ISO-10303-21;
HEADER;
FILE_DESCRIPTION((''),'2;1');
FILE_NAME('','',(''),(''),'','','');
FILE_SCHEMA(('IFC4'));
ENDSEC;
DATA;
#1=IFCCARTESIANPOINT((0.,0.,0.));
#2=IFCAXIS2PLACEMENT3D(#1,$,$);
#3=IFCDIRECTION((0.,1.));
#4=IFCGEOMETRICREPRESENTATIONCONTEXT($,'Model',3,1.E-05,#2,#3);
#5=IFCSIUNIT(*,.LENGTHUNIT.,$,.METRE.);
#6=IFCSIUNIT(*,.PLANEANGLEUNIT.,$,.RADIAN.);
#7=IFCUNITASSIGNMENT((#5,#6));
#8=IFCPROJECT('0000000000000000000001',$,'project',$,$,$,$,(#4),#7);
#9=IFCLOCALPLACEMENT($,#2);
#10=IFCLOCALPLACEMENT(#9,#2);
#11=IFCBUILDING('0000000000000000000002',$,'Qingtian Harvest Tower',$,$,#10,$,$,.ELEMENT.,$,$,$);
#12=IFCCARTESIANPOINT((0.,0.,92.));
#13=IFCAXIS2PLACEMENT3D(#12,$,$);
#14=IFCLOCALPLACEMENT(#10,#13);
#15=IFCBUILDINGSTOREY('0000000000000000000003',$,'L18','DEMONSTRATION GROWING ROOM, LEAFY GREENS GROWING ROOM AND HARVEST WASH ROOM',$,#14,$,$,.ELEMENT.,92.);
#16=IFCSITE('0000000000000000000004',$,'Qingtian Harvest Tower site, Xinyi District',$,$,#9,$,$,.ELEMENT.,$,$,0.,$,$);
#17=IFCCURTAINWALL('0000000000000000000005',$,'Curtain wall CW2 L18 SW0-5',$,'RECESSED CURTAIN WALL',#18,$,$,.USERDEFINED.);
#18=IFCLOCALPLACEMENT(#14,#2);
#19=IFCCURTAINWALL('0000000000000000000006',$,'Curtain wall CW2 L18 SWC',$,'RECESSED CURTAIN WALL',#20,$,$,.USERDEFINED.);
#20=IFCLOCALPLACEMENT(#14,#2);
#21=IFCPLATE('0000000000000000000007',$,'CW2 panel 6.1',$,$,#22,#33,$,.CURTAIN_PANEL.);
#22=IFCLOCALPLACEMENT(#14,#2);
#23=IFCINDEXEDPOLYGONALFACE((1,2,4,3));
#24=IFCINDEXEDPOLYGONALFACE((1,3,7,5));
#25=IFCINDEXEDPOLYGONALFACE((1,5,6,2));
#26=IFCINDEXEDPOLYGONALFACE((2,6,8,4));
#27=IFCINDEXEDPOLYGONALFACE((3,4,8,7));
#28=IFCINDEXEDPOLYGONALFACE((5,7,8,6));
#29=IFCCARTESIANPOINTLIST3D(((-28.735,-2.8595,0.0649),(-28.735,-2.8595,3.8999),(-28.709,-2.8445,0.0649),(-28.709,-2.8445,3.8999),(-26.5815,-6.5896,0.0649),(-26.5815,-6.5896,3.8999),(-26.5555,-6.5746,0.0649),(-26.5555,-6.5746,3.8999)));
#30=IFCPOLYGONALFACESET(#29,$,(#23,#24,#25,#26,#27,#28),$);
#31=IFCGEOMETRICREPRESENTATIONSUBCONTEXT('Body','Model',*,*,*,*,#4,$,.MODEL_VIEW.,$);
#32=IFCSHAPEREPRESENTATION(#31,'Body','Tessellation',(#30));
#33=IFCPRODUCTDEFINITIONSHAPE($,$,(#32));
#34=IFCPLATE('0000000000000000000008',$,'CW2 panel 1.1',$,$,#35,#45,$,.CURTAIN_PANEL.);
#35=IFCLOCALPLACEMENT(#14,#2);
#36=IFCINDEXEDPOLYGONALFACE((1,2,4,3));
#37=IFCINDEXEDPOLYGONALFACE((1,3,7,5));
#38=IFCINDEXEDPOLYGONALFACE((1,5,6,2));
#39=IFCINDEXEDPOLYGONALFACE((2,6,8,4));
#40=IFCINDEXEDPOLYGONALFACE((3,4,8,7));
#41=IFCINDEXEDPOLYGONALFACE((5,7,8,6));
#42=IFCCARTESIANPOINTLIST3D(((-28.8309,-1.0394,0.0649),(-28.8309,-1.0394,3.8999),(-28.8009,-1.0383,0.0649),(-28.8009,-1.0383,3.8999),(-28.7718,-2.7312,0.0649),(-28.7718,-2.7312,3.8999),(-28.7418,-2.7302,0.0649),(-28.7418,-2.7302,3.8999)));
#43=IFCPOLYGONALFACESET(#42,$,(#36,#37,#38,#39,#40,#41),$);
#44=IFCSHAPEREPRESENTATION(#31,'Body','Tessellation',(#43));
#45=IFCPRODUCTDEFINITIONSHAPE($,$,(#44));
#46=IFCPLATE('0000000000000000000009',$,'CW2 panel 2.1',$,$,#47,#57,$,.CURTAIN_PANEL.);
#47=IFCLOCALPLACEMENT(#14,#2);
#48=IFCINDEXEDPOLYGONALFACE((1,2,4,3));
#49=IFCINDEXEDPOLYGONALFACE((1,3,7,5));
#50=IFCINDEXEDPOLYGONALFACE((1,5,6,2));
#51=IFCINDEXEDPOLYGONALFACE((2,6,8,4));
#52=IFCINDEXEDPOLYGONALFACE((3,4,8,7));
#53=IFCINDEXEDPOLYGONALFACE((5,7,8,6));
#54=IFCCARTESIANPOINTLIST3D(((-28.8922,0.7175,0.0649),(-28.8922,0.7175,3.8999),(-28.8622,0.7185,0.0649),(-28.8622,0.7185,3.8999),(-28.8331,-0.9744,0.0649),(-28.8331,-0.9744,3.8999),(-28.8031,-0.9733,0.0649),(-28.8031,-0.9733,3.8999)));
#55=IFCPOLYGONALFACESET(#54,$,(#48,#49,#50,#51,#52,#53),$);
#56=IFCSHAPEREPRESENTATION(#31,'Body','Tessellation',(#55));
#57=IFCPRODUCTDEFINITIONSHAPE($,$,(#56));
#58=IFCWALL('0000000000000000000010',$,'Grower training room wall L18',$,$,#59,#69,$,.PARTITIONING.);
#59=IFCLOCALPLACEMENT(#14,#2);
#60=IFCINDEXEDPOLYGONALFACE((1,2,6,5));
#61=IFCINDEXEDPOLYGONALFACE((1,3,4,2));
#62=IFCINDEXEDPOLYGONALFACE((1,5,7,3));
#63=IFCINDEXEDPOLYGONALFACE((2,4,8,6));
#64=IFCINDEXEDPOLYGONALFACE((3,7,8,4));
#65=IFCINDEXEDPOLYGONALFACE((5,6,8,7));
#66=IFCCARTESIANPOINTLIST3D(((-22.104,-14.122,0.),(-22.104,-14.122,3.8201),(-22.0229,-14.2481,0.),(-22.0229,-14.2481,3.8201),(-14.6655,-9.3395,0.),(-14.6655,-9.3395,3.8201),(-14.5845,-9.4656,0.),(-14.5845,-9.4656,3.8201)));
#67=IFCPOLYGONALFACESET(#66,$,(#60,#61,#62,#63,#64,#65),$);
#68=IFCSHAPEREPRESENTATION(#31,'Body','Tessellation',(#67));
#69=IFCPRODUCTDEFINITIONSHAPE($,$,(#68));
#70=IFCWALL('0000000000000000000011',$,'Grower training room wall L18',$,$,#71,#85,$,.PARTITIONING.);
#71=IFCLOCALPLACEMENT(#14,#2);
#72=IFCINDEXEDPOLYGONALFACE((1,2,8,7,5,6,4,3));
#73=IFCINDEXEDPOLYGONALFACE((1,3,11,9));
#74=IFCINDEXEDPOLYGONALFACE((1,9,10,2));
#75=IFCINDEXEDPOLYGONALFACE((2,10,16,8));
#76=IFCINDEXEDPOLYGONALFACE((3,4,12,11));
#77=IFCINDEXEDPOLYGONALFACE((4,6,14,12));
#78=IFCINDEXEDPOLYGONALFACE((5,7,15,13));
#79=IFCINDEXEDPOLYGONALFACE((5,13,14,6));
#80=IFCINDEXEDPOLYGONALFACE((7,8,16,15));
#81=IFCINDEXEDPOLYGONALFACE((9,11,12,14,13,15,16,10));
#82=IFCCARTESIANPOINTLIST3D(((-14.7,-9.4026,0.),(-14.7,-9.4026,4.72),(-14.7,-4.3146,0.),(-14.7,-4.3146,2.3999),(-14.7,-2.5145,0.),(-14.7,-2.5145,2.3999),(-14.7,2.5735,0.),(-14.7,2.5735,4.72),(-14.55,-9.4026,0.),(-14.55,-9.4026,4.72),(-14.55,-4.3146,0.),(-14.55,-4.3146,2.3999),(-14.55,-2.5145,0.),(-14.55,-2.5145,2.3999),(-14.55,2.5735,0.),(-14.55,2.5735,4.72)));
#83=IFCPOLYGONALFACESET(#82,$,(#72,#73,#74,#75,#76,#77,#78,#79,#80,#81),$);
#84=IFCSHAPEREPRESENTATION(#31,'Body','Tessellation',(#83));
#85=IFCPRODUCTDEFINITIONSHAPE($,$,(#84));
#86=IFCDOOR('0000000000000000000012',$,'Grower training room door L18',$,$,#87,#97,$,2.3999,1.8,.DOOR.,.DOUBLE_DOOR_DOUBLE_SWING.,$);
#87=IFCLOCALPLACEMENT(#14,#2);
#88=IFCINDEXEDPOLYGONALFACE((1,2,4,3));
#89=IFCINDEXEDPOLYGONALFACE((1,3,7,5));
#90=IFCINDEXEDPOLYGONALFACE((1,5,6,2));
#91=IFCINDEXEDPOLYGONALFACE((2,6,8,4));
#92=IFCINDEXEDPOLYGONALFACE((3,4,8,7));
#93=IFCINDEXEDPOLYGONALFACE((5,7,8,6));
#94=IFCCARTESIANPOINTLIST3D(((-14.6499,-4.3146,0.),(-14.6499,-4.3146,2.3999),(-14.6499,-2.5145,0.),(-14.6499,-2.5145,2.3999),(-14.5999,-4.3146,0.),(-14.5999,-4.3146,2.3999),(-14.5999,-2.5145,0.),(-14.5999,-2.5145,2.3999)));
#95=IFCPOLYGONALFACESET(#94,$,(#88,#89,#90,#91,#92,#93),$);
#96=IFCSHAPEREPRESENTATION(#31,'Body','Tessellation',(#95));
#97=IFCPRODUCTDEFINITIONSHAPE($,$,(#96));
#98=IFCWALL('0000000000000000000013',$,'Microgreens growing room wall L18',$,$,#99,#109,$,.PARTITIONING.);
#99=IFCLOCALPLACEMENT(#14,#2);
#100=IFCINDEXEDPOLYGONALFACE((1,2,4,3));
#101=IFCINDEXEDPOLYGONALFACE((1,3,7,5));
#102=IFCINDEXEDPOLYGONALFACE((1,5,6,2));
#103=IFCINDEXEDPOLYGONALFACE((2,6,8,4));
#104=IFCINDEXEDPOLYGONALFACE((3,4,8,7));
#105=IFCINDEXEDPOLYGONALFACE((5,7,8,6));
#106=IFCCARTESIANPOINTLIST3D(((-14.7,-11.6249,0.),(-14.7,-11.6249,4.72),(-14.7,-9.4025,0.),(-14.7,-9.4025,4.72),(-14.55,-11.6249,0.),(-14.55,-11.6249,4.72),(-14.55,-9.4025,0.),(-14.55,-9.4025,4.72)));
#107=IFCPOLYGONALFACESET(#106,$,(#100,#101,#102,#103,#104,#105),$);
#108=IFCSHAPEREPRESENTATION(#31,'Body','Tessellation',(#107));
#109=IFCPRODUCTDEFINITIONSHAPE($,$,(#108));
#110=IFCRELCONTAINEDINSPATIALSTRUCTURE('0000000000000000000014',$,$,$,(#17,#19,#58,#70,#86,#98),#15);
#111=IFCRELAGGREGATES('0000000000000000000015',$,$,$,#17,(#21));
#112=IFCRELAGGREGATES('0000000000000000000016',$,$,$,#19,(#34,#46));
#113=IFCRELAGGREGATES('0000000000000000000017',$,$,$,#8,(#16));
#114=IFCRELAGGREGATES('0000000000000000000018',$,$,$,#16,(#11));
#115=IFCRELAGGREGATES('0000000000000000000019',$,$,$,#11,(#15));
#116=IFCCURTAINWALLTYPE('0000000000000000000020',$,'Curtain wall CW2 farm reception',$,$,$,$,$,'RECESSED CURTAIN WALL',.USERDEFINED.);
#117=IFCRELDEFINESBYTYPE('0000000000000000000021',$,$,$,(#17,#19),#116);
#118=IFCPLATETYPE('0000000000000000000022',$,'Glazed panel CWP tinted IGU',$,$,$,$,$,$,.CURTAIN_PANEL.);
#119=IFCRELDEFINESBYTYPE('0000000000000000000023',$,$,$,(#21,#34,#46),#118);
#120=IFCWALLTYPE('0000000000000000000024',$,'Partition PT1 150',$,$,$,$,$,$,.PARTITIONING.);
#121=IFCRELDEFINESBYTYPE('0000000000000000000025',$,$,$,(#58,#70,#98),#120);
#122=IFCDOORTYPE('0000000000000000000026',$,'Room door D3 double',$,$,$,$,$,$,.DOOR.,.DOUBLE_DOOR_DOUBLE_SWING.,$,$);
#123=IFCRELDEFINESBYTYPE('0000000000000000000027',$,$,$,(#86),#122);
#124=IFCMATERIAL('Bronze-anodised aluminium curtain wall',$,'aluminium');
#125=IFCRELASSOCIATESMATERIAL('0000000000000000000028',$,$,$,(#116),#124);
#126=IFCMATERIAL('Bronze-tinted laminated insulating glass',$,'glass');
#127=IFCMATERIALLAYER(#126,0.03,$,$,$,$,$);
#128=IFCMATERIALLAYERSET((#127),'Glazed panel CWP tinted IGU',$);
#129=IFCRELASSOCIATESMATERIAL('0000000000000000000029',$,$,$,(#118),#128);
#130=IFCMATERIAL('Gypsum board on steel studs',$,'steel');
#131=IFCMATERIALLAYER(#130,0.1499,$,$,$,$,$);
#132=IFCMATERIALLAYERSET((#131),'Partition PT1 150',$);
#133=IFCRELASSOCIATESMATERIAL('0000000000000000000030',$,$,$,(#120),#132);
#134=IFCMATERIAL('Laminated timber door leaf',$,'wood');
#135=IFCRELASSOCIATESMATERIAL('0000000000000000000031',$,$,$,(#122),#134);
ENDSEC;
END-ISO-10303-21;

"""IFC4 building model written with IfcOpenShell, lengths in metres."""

from ifc_helpers import new_model, si_unit, direction, frame, frame_2d, origin, origin_2d, place, context, subcontext, project, spatial, rectangle, extrude, material, layer, layer_set, type_object, element, fill, aggregate, save


model = new_model("IFC4")

# Units and contexts
model_context = context("Model", 3, precision=1e-05, world=origin(), true_north=direction((0.0, 1.0)))
body_context = subcontext(model_context, "Body", "Model", "MODEL_VIEW")
ifc_project = project(units=[si_unit("LENGTHUNIT", "METRE"), si_unit("PLANEANGLEUNIT", "RADIAN")], contexts=[model_context])

# Site, building, storey
site_placement = place(None, origin())
site = spatial("IfcSite", under=ifc_project, at=site_placement, Name="Qingtian Harvest Tower site, Xinyi District", CompositionType="ELEMENT", RefElevation=0.0)
building_placement = place(site_placement, origin())
building = spatial("IfcBuilding", under=site, at=building_placement, Name="Qingtian Harvest Tower", CompositionType="ELEMENT")
storey_placement = place(building_placement, frame((0.0, 0.0, 92.0)))
storey = spatial("IfcBuildingStorey", under=building, at=storey_placement, Name="L18", Description="DEMONSTRATION GROWING ROOM, LEAFY GREENS GROWING ROOM AND HARVEST WASH ROOM", CompositionType="ELEMENT", Elevation=92.0)

# Curtain walls
ifc_material_1 = material(Name="Bronze-anodised aluminium curtain wall", Category="aluminium")
curtain_wall_type = type_object("IfcCurtainWallType", Name="Curtain wall CW2 farm reception", ElementType="RECESSED CURTAIN WALL", PredefinedType="USERDEFINED", material=ifc_material_1)
curtain_wall_1_placement = place(storey_placement, origin())
curtain_wall_1 = element("IfcCurtainWall", 1, at=curtain_wall_1_placement, inside=storey, type_object=curtain_wall_type, Name="Curtain wall CW2 L18 SW0-5", ObjectType="RECESSED CURTAIN WALL", PredefinedType="USERDEFINED")
curtain_wall_2_placement = place(storey_placement, origin())
curtain_wall_2 = element("IfcCurtainWall", 2, at=curtain_wall_2_placement, inside=storey, type_object=curtain_wall_type, Name="Curtain wall CW2 L18 SWC", ObjectType="RECESSED CURTAIN WALL", PredefinedType="USERDEFINED")

# Plates
ifc_material_2 = material(Name="Bronze-tinted laminated insulating glass", Category="glass")
ifc_layer_1 = layer(ifc_material_2, 0.03)
ifc_layer_set_1 = layer_set([ifc_layer_1], Name="Glazed panel CWP tinted IGU")
plate_type = type_object("IfcPlateType", Name="Glazed panel CWP tinted IGU", PredefinedType="CURTAIN_PANEL", material=ifc_layer_set_1)
plate_1_placement = place(storey_placement, frame((-27.6453, -4.717, 0.0649), z_axis=(0.0, 0.0, 1.0), x_axis=(-0.5, 0.866025, 0.0)))
plate_1 = element("IfcPlate", 3, at=plate_1_placement, type_object=plate_type, Name="CW2 panel 6.1", PredefinedType="CURTAIN_PANEL", context=body_context, shape_type="SweptSolid", body=[
    extrude(rectangle(XDim=4.3071, YDim=0.03, at=origin_2d()), origin(), (0.0, 0.0, 1.0), 3.835),
])
aggregate(curtain_wall_1, [plate_1])
plate_2_placement = place(storey_placement, frame((-28.7864, -1.8848, 0.0649), z_axis=(0.0, 0.0, 1.0), x_axis=(-0.034899, 0.999391, 0.0)))
plate_2 = element("IfcPlate", 4, at=plate_2_placement, type_object=plate_type, Name="CW2 panel 1.1", PredefinedType="CURTAIN_PANEL", context=body_context, shape_type="SweptSolid", body=[
    extrude(rectangle(XDim=1.6929, YDim=0.03, at=origin_2d()), origin(), (0.0, 0.0, 1.0), 3.835),
])
plate_3_placement = place(storey_placement, frame((-28.8477, -0.1279, 0.0649), z_axis=(0.0, 0.0, 1.0), x_axis=(-0.034899, 0.999391, 0.0)))
plate_3 = element("IfcPlate", 5, at=plate_3_placement, type_object=plate_type, Name="CW2 panel 2.1", PredefinedType="CURTAIN_PANEL", context=body_context, shape_type="SweptSolid", body=[
    extrude(rectangle(XDim=1.6929, YDim=0.03, at=origin_2d()), origin(), (0.0, 0.0, 1.0), 3.835),
])
aggregate(curtain_wall_2, [plate_2, plate_3])

# Wall
ifc_material_3 = material(Name="Gypsum board on steel studs", Category="steel")
ifc_layer_2 = layer(ifc_material_3, 0.1499)
ifc_layer_set_2 = layer_set([ifc_layer_2], Name="Partition PT1 150")
wall_type = type_object("IfcWallType", Name="Partition PT1 150", PredefinedType="PARTITIONING", material=ifc_layer_set_2)
wall_1_placement = place(storey_placement, frame((-22.0635, -14.1851, 0.0), z_axis=(0.0, 0.0, 1.0), x_axis=(0.841148, 0.540805, 0.0)))
element("IfcWall", 6, at=wall_1_placement, inside=storey, type_object=wall_type, Name="Grower training room wall L18", PredefinedType="PARTITIONING", context=body_context, shape_type="SweptSolid", body=[
    extrude(rectangle(XDim=8.8433, YDim=0.1499, at=frame_2d((4.4216, 0.0))), origin(), (0.0, 0.0, 1.0), 3.8201),
])

# Wall, opening, door
wall_2_placement = place(storey_placement, frame((-14.625, -9.4026, 0.0), z_axis=(0.0, 0.0, 1.0), x_axis=(0.0, 1.0, 0.0)))
wall_2 = element("IfcWall", 7, at=wall_2_placement, inside=storey, type_object=wall_type, Name="Grower training room wall L18", PredefinedType="PARTITIONING", context=body_context, shape_type="SweptSolid", body=[
    extrude(rectangle(XDim=11.9761, YDim=0.1499, at=frame_2d((5.988, 0.0))), origin(), (0.0, 0.0, 1.0), 4.72),
])
opening_placement = place(wall_2_placement, frame((5.0881, 0.0, 0.0)))
opening = element("IfcOpeningElement", 8, at=opening_placement, cuts=wall_2, PredefinedType="OPENING", context=body_context, shape_type="SweptSolid", body=[
    extrude(rectangle(XDim=1.8, YDim=2.3999, at=frame_2d((0.8999, 1.2))), frame((0.0, 0.085, 0.0), z_axis=(0.0, -1.0, 0.0), x_axis=(1.0, 0.0, 0.0)), (0.0, 0.0, 1.0), 0.1699),
])
ifc_material_4 = material(Name="Laminated timber door leaf", Category="wood")
door_type = type_object("IfcDoorType", Name="Room door D3 double", OperationType="DOUBLE_DOOR_DOUBLE_SWING", PredefinedType="DOOR", material=ifc_material_4)
door_placement = place(opening_placement, origin())
door = element("IfcDoor", 9, at=door_placement, inside=storey, type_object=door_type, Name="Grower training room door L18", OperationType="DOUBLE_DOOR_DOUBLE_SWING", OverallHeight=2.3999, OverallWidth=1.8, PredefinedType="DOOR", context=body_context, shape_type="SweptSolid", body=[
    extrude(rectangle(XDim=1.8, YDim=2.3999, at=frame_2d((0.8999, 1.2))), frame((0.0, 0.0249, 0.0), z_axis=(0.0, -1.0, 0.0), x_axis=(1.0, 0.0, 0.0)), (0.0, 0.0, 1.0), 0.05),
])
fill(opening, door)

# Wall
wall_3_placement = place(storey_placement, frame((-14.625, -11.625, 0.0), z_axis=(0.0, 0.0, 1.0), x_axis=(0.0, 1.0, 0.0)))
element("IfcWall", 10, at=wall_3_placement, inside=storey, type_object=wall_type, Name="Microgreens growing room wall L18", PredefinedType="PARTITIONING", context=body_context, shape_type="SweptSolid", body=[
    extrude(rectangle(XDim=2.2224, YDim=0.1499, at=frame_2d((1.1113, 0.0))), origin(), (0.0, 0.0, 1.0), 4.72),
])

save(model, "model.ifc")
